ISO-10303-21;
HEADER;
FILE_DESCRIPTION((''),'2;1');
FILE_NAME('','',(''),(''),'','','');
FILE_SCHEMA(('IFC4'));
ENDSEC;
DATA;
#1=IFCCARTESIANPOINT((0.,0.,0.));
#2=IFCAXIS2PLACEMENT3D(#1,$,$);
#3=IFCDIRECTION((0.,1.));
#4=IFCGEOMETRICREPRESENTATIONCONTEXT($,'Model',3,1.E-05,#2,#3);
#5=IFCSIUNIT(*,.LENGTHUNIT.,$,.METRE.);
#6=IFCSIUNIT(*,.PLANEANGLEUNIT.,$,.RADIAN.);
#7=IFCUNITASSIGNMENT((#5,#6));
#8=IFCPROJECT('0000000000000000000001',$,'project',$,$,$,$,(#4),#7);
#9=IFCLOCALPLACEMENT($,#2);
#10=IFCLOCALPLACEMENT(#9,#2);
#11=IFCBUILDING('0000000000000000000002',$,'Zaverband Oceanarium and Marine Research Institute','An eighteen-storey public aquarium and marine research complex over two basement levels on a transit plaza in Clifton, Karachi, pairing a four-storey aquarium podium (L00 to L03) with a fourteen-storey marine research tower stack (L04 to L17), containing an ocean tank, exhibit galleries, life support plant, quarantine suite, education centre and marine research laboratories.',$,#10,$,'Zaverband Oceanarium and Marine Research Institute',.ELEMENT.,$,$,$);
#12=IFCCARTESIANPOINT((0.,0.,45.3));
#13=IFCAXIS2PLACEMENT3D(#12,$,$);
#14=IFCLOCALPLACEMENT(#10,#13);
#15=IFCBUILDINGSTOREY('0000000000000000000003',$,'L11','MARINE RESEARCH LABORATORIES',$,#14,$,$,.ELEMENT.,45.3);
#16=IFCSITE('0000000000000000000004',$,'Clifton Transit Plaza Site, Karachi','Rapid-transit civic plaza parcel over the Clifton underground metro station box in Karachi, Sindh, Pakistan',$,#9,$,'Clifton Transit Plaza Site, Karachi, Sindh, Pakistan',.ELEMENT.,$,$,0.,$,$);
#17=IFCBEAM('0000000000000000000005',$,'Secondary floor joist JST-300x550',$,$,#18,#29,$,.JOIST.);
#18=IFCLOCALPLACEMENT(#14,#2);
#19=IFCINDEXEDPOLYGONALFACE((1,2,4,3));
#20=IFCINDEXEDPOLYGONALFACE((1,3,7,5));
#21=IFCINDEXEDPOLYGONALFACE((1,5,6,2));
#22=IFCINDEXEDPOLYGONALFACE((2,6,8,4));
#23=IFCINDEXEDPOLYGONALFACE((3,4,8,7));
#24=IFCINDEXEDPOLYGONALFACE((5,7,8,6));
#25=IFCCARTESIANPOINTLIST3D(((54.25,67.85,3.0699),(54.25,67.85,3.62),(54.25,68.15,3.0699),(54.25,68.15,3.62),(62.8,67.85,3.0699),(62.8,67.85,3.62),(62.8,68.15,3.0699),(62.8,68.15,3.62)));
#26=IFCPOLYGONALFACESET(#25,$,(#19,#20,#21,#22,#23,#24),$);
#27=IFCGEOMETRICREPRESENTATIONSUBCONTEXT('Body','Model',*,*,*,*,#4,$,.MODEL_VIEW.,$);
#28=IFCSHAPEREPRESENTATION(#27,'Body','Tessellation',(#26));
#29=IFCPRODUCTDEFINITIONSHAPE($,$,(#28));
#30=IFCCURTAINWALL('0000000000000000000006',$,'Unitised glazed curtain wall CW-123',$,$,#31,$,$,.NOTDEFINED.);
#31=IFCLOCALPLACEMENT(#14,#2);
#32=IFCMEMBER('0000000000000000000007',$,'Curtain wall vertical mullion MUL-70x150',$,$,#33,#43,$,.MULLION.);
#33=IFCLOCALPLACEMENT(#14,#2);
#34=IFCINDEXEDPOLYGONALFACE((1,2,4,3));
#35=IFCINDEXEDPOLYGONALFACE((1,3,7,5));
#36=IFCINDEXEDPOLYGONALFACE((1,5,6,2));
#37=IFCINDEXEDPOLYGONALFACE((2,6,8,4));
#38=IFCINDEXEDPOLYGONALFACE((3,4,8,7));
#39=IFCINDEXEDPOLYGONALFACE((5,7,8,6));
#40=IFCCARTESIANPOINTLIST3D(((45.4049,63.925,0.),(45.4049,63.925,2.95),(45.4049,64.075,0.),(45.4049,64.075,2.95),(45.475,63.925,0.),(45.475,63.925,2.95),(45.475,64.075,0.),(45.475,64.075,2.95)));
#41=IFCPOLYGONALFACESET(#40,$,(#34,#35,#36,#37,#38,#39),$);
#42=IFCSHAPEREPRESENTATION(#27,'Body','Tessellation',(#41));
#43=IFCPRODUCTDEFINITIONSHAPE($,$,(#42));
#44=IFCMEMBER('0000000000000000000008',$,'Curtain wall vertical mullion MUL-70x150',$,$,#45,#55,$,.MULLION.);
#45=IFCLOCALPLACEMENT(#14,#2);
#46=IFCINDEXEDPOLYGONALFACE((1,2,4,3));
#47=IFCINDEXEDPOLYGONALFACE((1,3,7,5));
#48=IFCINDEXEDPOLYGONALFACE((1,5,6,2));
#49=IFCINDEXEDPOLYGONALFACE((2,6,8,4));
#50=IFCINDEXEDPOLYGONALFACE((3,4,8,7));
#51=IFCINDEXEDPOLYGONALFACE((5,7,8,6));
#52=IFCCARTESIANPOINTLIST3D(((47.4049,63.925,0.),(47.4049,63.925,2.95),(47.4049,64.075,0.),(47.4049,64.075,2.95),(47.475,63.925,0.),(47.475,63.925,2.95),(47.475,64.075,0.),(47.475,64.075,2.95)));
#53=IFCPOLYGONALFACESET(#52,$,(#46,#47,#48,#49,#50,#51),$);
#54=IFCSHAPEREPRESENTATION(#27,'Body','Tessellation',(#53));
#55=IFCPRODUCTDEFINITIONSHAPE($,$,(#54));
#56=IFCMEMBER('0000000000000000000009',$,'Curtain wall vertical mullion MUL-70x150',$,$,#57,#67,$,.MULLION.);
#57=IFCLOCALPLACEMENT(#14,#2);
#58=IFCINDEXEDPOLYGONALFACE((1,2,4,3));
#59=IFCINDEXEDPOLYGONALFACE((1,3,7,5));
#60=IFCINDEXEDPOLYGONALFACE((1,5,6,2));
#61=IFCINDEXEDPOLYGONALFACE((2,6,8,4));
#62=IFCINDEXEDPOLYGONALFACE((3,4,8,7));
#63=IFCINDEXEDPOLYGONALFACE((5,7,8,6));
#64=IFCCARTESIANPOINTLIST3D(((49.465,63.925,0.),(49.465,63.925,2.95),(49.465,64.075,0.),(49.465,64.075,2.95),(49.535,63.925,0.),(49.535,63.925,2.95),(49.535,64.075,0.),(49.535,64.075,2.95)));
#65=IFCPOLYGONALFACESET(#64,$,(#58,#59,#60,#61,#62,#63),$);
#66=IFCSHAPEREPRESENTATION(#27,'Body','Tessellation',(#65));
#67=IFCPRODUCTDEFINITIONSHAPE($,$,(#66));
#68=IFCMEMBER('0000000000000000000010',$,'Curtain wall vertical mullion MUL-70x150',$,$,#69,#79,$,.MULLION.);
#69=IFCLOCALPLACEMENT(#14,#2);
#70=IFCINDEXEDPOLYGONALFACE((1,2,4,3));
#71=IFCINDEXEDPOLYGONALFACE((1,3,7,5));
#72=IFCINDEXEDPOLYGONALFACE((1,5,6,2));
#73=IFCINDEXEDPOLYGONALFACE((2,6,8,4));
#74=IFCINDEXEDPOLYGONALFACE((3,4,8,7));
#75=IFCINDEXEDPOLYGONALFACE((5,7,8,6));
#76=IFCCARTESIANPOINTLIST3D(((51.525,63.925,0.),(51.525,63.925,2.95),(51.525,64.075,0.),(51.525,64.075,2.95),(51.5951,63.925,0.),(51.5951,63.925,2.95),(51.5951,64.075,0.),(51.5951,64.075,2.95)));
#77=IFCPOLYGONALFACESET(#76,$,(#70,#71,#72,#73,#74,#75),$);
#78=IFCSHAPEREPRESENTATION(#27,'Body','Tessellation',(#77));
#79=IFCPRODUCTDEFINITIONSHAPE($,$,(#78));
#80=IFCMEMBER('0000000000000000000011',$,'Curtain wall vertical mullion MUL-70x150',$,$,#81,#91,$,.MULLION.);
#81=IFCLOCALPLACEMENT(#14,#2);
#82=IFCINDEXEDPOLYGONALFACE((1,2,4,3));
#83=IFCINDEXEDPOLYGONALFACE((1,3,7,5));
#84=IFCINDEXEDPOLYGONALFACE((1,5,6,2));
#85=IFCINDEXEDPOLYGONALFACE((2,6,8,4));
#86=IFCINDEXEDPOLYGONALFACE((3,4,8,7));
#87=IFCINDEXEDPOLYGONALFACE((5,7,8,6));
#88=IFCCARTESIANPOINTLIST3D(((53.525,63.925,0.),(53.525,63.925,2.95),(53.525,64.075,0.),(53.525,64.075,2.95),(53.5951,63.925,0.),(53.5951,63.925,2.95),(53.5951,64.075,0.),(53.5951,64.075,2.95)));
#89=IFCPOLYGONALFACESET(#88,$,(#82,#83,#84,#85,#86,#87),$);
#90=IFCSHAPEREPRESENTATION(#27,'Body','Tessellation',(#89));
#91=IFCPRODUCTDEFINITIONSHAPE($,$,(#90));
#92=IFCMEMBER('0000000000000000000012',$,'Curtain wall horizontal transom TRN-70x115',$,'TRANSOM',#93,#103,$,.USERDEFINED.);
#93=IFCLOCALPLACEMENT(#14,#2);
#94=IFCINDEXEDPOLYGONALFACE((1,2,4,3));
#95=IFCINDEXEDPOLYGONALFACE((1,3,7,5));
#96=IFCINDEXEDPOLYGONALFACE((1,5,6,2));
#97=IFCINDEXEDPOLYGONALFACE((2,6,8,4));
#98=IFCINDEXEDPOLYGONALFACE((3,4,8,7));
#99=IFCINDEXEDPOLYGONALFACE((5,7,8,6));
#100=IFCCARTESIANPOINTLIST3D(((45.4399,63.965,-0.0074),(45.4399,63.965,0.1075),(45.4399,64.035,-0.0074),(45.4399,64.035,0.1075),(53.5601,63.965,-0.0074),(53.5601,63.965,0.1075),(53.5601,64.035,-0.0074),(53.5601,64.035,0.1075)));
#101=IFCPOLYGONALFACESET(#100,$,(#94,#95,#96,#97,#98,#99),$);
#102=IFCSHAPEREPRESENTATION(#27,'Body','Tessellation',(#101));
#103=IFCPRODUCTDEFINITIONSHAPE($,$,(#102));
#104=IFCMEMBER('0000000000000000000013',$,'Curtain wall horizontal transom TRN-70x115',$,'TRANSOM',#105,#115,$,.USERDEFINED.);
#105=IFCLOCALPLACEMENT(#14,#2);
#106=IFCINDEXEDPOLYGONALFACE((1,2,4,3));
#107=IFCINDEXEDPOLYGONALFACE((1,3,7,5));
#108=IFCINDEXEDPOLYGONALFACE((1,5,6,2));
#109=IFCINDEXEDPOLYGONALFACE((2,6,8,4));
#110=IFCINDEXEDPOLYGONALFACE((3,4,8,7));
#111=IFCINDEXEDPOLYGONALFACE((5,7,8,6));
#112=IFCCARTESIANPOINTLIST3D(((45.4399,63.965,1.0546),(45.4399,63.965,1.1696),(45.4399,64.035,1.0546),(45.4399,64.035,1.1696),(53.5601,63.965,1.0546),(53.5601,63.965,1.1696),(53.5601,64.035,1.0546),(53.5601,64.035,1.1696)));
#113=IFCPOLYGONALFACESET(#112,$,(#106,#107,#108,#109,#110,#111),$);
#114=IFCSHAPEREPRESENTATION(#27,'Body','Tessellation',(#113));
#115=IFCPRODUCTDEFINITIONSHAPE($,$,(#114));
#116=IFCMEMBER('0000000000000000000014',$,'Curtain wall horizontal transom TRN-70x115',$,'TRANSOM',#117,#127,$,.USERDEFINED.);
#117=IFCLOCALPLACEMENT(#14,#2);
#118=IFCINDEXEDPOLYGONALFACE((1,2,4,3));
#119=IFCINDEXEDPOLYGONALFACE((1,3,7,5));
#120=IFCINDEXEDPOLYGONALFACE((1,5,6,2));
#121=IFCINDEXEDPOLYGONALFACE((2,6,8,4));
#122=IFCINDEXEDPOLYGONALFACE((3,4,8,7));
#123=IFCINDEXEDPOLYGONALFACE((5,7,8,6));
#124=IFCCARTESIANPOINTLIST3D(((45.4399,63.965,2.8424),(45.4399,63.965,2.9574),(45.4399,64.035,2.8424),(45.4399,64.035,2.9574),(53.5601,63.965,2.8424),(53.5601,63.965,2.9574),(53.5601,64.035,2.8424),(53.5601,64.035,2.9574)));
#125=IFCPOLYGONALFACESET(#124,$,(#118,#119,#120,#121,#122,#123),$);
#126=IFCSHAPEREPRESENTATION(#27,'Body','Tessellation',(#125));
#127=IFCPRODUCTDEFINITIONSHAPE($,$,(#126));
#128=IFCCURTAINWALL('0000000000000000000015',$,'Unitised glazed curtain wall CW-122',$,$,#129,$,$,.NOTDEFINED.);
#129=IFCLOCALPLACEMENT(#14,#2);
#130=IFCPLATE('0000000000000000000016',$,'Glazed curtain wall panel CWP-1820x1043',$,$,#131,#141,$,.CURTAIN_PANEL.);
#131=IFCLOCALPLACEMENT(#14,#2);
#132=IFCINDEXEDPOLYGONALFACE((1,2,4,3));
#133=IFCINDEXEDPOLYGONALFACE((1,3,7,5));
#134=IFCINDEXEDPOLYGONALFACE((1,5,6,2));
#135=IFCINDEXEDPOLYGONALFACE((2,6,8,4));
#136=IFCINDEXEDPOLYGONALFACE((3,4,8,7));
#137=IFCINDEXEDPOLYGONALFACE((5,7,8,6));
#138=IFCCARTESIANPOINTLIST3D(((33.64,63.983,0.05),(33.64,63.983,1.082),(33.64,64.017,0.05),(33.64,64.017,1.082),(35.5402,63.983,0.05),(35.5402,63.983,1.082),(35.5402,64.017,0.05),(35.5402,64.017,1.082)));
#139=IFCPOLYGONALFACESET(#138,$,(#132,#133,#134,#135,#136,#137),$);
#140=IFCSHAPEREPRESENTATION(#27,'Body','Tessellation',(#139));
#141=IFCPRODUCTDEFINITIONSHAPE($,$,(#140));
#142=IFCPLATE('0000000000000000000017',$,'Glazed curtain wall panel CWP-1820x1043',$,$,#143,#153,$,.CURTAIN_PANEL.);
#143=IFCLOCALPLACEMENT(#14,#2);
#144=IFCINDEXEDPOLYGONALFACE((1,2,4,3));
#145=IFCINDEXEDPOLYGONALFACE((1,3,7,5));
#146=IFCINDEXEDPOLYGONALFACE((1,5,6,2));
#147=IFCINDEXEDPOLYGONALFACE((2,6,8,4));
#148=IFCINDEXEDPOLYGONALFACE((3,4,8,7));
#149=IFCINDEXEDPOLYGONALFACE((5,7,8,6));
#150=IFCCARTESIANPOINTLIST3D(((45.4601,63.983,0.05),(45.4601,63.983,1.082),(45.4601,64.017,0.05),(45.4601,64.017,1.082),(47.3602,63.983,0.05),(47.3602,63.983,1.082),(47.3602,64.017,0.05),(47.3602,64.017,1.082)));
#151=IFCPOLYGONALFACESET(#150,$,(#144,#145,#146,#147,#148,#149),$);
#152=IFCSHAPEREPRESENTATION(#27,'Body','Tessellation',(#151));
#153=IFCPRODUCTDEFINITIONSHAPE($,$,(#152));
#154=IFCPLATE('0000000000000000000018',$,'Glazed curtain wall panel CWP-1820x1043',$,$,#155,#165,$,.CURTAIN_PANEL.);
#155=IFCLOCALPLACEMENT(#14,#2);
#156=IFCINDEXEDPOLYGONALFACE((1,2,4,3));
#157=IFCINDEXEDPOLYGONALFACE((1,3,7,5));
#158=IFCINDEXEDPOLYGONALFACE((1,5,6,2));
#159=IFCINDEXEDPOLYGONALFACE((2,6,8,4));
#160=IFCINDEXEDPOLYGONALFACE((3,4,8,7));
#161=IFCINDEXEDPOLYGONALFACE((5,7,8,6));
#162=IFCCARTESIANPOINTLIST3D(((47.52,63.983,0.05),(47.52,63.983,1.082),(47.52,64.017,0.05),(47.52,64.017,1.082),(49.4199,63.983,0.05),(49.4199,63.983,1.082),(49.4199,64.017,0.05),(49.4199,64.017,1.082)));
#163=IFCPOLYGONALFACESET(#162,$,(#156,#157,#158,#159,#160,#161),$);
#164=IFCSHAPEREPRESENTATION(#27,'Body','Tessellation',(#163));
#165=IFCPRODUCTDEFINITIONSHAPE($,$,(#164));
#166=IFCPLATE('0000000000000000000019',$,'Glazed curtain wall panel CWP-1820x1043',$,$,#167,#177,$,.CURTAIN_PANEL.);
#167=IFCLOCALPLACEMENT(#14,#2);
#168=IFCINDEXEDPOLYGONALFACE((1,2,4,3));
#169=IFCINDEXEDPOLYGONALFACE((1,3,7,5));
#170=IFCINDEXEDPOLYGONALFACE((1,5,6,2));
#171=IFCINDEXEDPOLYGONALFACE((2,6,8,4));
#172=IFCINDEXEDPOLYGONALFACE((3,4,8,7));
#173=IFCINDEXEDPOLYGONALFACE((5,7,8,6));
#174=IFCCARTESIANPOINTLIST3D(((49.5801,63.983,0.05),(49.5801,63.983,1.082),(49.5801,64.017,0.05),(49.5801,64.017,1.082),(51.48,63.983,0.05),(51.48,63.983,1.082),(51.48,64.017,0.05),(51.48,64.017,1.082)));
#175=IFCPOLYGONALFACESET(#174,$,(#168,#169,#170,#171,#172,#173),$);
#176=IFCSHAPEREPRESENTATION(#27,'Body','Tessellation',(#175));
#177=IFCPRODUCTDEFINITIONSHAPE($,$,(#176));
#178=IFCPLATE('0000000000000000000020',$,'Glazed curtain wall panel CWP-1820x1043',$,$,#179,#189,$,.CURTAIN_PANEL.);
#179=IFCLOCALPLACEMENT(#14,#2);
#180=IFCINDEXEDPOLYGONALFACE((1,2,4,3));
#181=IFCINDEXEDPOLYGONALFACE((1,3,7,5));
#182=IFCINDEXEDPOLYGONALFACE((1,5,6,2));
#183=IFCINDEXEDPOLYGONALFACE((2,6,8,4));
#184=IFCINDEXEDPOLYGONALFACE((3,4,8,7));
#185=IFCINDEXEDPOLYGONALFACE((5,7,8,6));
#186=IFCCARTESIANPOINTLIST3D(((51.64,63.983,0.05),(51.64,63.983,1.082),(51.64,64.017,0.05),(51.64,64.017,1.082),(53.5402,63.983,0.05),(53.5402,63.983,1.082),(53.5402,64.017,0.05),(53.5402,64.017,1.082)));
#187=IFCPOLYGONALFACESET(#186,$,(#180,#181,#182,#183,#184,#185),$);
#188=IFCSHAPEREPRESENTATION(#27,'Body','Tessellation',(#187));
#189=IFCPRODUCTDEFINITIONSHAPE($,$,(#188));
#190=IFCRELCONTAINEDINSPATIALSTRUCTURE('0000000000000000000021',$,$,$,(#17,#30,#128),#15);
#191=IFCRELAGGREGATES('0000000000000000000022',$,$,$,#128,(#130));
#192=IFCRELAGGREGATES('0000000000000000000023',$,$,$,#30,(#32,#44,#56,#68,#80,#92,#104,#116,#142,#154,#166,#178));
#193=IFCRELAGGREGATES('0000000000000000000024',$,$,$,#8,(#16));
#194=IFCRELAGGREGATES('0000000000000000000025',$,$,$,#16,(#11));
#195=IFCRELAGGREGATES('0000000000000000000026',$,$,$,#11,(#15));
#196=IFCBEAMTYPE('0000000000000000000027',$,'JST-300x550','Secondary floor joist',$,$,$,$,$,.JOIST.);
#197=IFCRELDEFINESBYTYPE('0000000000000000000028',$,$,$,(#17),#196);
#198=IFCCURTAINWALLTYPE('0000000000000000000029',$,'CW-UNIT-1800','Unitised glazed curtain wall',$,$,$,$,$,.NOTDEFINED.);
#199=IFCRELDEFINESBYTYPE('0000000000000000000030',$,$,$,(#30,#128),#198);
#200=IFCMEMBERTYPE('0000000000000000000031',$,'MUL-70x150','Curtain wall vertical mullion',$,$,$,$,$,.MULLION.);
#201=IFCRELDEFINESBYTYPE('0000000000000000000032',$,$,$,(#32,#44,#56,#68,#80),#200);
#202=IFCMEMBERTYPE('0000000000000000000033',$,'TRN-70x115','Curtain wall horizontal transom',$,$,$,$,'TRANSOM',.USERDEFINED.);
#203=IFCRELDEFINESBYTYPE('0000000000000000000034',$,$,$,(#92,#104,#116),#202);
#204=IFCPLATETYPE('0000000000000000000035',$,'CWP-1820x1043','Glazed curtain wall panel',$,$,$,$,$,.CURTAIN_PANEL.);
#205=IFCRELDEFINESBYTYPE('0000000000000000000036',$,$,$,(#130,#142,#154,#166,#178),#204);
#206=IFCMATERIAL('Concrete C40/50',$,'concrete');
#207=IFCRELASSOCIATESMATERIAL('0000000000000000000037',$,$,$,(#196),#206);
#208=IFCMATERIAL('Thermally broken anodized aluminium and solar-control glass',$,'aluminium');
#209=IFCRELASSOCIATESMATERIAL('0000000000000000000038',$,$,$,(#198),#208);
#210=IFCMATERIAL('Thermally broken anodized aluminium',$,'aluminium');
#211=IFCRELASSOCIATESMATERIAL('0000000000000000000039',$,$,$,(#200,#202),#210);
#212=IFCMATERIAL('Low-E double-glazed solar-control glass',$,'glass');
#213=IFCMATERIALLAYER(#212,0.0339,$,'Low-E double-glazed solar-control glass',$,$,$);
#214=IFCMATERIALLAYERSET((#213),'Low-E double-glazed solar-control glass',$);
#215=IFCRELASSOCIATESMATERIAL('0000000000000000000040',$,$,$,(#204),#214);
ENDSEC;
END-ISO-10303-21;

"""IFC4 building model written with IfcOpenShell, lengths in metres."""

from ifc_helpers import new_model, si_unit, direction, frame, frame_2d, origin, origin_2d, place, context, subcontext, project, spatial, rectangle, extrude, material, layer, layer_set, material_profile, profile_set, type_object, element, aggregate, save


model = new_model("IFC4")

# Units and contexts
model_context = context("Model", 3, precision=1e-05, world=origin(), true_north=direction((0.0, 1.0)))
body_context = subcontext(model_context, "Body", "Model", "MODEL_VIEW")
ifc_project = project(units=[si_unit("LENGTHUNIT", "METRE"), si_unit("PLANEANGLEUNIT", "RADIAN")], contexts=[model_context])

# Site, building, storey
site_placement = place(None, origin())
site = spatial("IfcSite", under=ifc_project, at=site_placement, Name="Clifton Transit Plaza Site, Karachi", Description="Rapid-transit civic plaza parcel over the Clifton underground metro station box in Karachi, Sindh, Pakistan", LongName="Clifton Transit Plaza Site, Karachi, Sindh, Pakistan", CompositionType="ELEMENT", RefElevation=0.0)
building_placement = place(site_placement, origin())
building = spatial("IfcBuilding", under=site, at=building_placement, Name="Zaverband Oceanarium and Marine Research Institute", Description="An eighteen-storey public aquarium and marine research complex over two basement levels on a transit plaza in Clifton, Karachi, pairing a four-storey aquarium podium (L00 to L03) with a fourteen-storey marine research tower stack (L04 to L17), containing an ocean tank, exhibit galleries, life support plant, quarantine suite, education centre and marine research laboratories.", LongName="Zaverband Oceanarium and Marine Research Institute", CompositionType="ELEMENT")
storey_placement = place(building_placement, frame((0.0, 0.0, 45.3)))
storey = spatial("IfcBuildingStorey", under=building, at=storey_placement, Name="L11", Description="MARINE RESEARCH LABORATORIES", CompositionType="ELEMENT", Elevation=45.3)

# Beam
ifc_material_1 = material(Name="Concrete C40/50", Category="concrete")
ifc_material_profile_1 = material_profile(ifc_material_1, rectangle(XDim=0.3, YDim=0.55, at=origin_2d()), Name="RC300x550")
ifc_profile_set_1 = profile_set([ifc_material_profile_1], Name="Concrete C40/50")
beam_type = type_object("IfcBeamType", Name="JST-300x550", Description="Secondary floor joist", PredefinedType="JOIST", material=ifc_profile_set_1)
beam_placement = place(storey_placement, frame((54.25, 68.0, 3.345), z_axis=(1.0, 0.0, 0.0), x_axis=(0.0, 1.0, 0.0)))
element("IfcBeam", 1, at=beam_placement, inside=storey, type_object=beam_type, Name="Secondary floor joist JST-300x550", PredefinedType="JOIST", context=body_context, shape_type="SweptSolid", body=[
    extrude(rectangle(XDim=0.3, YDim=0.55, at=origin_2d()), origin(), (0.0, 0.0, 1.0), 8.55),
])

# Curtain wall, members
ifc_material_2 = material(Name="Thermally broken anodized aluminium and solar-control glass", Category="aluminium")
curtain_wall_type = type_object("IfcCurtainWallType", Name="CW-UNIT-1800", Description="Unitised glazed curtain wall", PredefinedType="NOTDEFINED", material=ifc_material_2)
curtain_wall_1_placement = place(storey_placement, origin())
curtain_wall_1 = element("IfcCurtainWall", 2, at=curtain_wall_1_placement, inside=storey, type_object=curtain_wall_type, Name="Unitised glazed curtain wall CW-123", PredefinedType="NOTDEFINED")
ifc_material_3 = material(Name="Thermally broken anodized aluminium", Category="aluminium")
ifc_material_profile_2 = material_profile(ifc_material_3, rectangle(XDim=0.0701, YDim=0.1499, at=origin_2d()), Name="AL-MUL-70x150")
ifc_profile_set_2 = profile_set([ifc_material_profile_2], Name="Thermally broken anodized aluminium")
member_type_1 = type_object("IfcMemberType", Name="MUL-70x150", Description="Curtain wall vertical mullion", PredefinedType="MULLION", material=ifc_profile_set_2)
member_1_placement = place(storey_placement, frame((45.4399, 64.0, 0.0), z_axis=(0.0, 0.0, 1.0), x_axis=(1.0, 0.0, 0.0)))
member_1 = element("IfcMember", 3, at=member_1_placement, type_object=member_type_1, Name="Curtain wall vertical mullion MUL-70x150", PredefinedType="MULLION", context=body_context, shape_type="SweptSolid", body=[
    extrude(rectangle(XDim=0.0701, YDim=0.1499, at=origin_2d()), origin(), (0.0, 0.0, 1.0), 2.95),
])
member_2_placement = place(storey_placement, frame((47.4399, 64.0, 0.0), z_axis=(0.0, 0.0, 1.0), x_axis=(1.0, 0.0, 0.0)))
member_2 = element("IfcMember", 4, at=member_2_placement, type_object=member_type_1, Name="Curtain wall vertical mullion MUL-70x150", PredefinedType="MULLION", context=body_context, shape_type="SweptSolid", body=[
    extrude(rectangle(XDim=0.0701, YDim=0.1499, at=origin_2d()), origin(), (0.0, 0.0, 1.0), 2.95),
])
member_3_placement = place(storey_placement, frame((49.5, 64.0, 0.0), z_axis=(0.0, 0.0, 1.0), x_axis=(1.0, 0.0, 0.0)))
member_3 = element("IfcMember", 5, at=member_3_placement, type_object=member_type_1, Name="Curtain wall vertical mullion MUL-70x150", PredefinedType="MULLION", context=body_context, shape_type="SweptSolid", body=[
    extrude(rectangle(XDim=0.0701, YDim=0.1499, at=origin_2d()), origin(), (0.0, 0.0, 1.0), 2.95),
])
member_4_placement = place(storey_placement, frame((51.5601, 64.0, 0.0), z_axis=(0.0, 0.0, 1.0), x_axis=(1.0, 0.0, 0.0)))
member_4 = element("IfcMember", 6, at=member_4_placement, type_object=member_type_1, Name="Curtain wall vertical mullion MUL-70x150", PredefinedType="MULLION", context=body_context, shape_type="SweptSolid", body=[
    extrude(rectangle(XDim=0.0701, YDim=0.1499, at=origin_2d()), origin(), (0.0, 0.0, 1.0), 2.95),
])
member_5_placement = place(storey_placement, frame((53.5601, 64.0, 0.0), z_axis=(0.0, 0.0, 1.0), x_axis=(1.0, 0.0, 0.0)))
member_5 = element("IfcMember", 7, at=member_5_placement, type_object=member_type_1, Name="Curtain wall vertical mullion MUL-70x150", PredefinedType="MULLION", context=body_context, shape_type="SweptSolid", body=[
    extrude(rectangle(XDim=0.0701, YDim=0.1499, at=origin_2d()), origin(), (0.0, 0.0, 1.0), 2.95),
])
ifc_material_profile_3 = material_profile(ifc_material_3, rectangle(XDim=0.0701, YDim=0.115, at=origin_2d()), Name="AL-TRN-70x115")
ifc_profile_set_3 = profile_set([ifc_material_profile_3], Name="Thermally broken anodized aluminium")
member_type_2 = type_object("IfcMemberType", Name="TRN-70x115", Description="Curtain wall horizontal transom", ElementType="TRANSOM", PredefinedType="USERDEFINED", material=ifc_profile_set_3)
member_6_placement = place(storey_placement, frame((45.4399, 64.0, 0.05), z_axis=(1.0, 0.0, 0.0), x_axis=(0.0, 1.0, 0.0)))
member_6 = element("IfcMember", 8, at=member_6_placement, type_object=member_type_2, Name="Curtain wall horizontal transom TRN-70x115", ObjectType="TRANSOM", PredefinedType="USERDEFINED", context=body_context, shape_type="SweptSolid", body=[
    extrude(rectangle(XDim=0.0701, YDim=0.115, at=origin_2d()), origin(), (0.0, 0.0, 1.0), 8.1201),
])
member_7_placement = place(storey_placement, frame((45.4399, 64.0, 1.1121), z_axis=(1.0, 0.0, 0.0), x_axis=(0.0, 1.0, 0.0)))
member_7 = element("IfcMember", 9, at=member_7_placement, type_object=member_type_2, Name="Curtain wall horizontal transom TRN-70x115", ObjectType="TRANSOM", PredefinedType="USERDEFINED", context=body_context, shape_type="SweptSolid", body=[
    extrude(rectangle(XDim=0.0701, YDim=0.115, at=origin_2d()), origin(), (0.0, 0.0, 1.0), 8.1201),
])
member_8_placement = place(storey_placement, frame((45.4399, 64.0, 2.8999), z_axis=(1.0, 0.0, 0.0), x_axis=(0.0, 1.0, 0.0)))
member_8 = element("IfcMember", 10, at=member_8_placement, type_object=member_type_2, Name="Curtain wall horizontal transom TRN-70x115", ObjectType="TRANSOM", PredefinedType="USERDEFINED", context=body_context, shape_type="SweptSolid", body=[
    extrude(rectangle(XDim=0.0701, YDim=0.115, at=origin_2d()), origin(), (0.0, 0.0, 1.0), 8.1201),
])

# Curtain wall, plate
curtain_wall_2_placement = place(storey_placement, origin())
curtain_wall_2 = element("IfcCurtainWall", 11, at=curtain_wall_2_placement, inside=storey, type_object=curtain_wall_type, Name="Unitised glazed curtain wall CW-122", PredefinedType="NOTDEFINED")
ifc_material_4 = material(Name="Low-E double-glazed solar-control glass", Category="glass")
ifc_layer_1 = layer(ifc_material_4, 0.0339, Name="Low-E double-glazed solar-control glass")
ifc_layer_set_1 = layer_set([ifc_layer_1], Name="Low-E double-glazed solar-control glass")
plate_type_1 = type_object("IfcPlateType", Name="CWP-1820x1043", Description="Glazed curtain wall panel", PredefinedType="CURTAIN_PANEL", material=ifc_layer_set_1)
plate_1_placement = place(storey_placement, frame((33.6399, 64.0, 0.05), z_axis=(0.0, 0.0, 1.0), x_axis=(1.0, 0.0, 0.0)))
plate_1 = element("IfcPlate", 12, at=plate_1_placement, type_object=plate_type_1, Name="Glazed curtain wall panel CWP-1820x1043", PredefinedType="CURTAIN_PANEL", context=body_context, shape_type="SweptSolid", body=[
    extrude(rectangle(XDim=1.9001, YDim=0.0339, at=frame_2d((0.9502, 0.0))), origin(), (0.0, 0.0, 1.0), 1.032),
])

# Plates
plate_2_placement = place(storey_placement, frame((45.46, 64.0, 0.05), z_axis=(0.0, 0.0, 1.0), x_axis=(1.0, 0.0, 0.0)))
plate_2 = element("IfcPlate", 13, at=plate_2_placement, type_object=plate_type_1, Name="Glazed curtain wall panel CWP-1820x1043", PredefinedType="CURTAIN_PANEL", context=body_context, shape_type="SweptSolid", body=[
    extrude(rectangle(XDim=1.9001, YDim=0.0339, at=frame_2d((0.9502, 0.0))), origin(), (0.0, 0.0, 1.0), 1.032),
])
plate_3_placement = place(storey_placement, frame((47.52, 64.0, 0.05), z_axis=(0.0, 0.0, 1.0), x_axis=(1.0, 0.0, 0.0)))
plate_3 = element("IfcPlate", 14, at=plate_3_placement, type_object=plate_type_1, Name="Glazed curtain wall panel CWP-1820x1043", PredefinedType="CURTAIN_PANEL", context=body_context, shape_type="SweptSolid", body=[
    extrude(rectangle(XDim=1.8999, YDim=0.0339, at=frame_2d((0.95, 0.0))), origin(), (0.0, 0.0, 1.0), 1.032),
])
plate_4_placement = place(storey_placement, frame((49.5801, 64.0, 0.05), z_axis=(0.0, 0.0, 1.0), x_axis=(1.0, 0.0, 0.0)))
plate_4 = element("IfcPlate", 15, at=plate_4_placement, type_object=plate_type_1, Name="Glazed curtain wall panel CWP-1820x1043", PredefinedType="CURTAIN_PANEL", context=body_context, shape_type="SweptSolid", body=[
    extrude(rectangle(XDim=1.8999, YDim=0.0339, at=frame_2d((0.95, 0.0))), origin(), (0.0, 0.0, 1.0), 1.032),
])
plate_5_placement = place(storey_placement, frame((51.6399, 64.0, 0.05), z_axis=(0.0, 0.0, 1.0), x_axis=(1.0, 0.0, 0.0)))
plate_5 = element("IfcPlate", 16, at=plate_5_placement, type_object=plate_type_1, Name="Glazed curtain wall panel CWP-1820x1043", PredefinedType="CURTAIN_PANEL", context=body_context, shape_type="SweptSolid", body=[
    extrude(rectangle(XDim=1.9001, YDim=0.0339, at=frame_2d((0.9502, 0.0))), origin(), (0.0, 0.0, 1.0), 1.032),
])
aggregate(curtain_wall_2, [plate_1])
aggregate(curtain_wall_1, [member_1, member_2, member_3, member_4, member_5, member_6, member_7, member_8, plate_2, plate_3, plate_4, plate_5])

save(model, "model.ifc")
